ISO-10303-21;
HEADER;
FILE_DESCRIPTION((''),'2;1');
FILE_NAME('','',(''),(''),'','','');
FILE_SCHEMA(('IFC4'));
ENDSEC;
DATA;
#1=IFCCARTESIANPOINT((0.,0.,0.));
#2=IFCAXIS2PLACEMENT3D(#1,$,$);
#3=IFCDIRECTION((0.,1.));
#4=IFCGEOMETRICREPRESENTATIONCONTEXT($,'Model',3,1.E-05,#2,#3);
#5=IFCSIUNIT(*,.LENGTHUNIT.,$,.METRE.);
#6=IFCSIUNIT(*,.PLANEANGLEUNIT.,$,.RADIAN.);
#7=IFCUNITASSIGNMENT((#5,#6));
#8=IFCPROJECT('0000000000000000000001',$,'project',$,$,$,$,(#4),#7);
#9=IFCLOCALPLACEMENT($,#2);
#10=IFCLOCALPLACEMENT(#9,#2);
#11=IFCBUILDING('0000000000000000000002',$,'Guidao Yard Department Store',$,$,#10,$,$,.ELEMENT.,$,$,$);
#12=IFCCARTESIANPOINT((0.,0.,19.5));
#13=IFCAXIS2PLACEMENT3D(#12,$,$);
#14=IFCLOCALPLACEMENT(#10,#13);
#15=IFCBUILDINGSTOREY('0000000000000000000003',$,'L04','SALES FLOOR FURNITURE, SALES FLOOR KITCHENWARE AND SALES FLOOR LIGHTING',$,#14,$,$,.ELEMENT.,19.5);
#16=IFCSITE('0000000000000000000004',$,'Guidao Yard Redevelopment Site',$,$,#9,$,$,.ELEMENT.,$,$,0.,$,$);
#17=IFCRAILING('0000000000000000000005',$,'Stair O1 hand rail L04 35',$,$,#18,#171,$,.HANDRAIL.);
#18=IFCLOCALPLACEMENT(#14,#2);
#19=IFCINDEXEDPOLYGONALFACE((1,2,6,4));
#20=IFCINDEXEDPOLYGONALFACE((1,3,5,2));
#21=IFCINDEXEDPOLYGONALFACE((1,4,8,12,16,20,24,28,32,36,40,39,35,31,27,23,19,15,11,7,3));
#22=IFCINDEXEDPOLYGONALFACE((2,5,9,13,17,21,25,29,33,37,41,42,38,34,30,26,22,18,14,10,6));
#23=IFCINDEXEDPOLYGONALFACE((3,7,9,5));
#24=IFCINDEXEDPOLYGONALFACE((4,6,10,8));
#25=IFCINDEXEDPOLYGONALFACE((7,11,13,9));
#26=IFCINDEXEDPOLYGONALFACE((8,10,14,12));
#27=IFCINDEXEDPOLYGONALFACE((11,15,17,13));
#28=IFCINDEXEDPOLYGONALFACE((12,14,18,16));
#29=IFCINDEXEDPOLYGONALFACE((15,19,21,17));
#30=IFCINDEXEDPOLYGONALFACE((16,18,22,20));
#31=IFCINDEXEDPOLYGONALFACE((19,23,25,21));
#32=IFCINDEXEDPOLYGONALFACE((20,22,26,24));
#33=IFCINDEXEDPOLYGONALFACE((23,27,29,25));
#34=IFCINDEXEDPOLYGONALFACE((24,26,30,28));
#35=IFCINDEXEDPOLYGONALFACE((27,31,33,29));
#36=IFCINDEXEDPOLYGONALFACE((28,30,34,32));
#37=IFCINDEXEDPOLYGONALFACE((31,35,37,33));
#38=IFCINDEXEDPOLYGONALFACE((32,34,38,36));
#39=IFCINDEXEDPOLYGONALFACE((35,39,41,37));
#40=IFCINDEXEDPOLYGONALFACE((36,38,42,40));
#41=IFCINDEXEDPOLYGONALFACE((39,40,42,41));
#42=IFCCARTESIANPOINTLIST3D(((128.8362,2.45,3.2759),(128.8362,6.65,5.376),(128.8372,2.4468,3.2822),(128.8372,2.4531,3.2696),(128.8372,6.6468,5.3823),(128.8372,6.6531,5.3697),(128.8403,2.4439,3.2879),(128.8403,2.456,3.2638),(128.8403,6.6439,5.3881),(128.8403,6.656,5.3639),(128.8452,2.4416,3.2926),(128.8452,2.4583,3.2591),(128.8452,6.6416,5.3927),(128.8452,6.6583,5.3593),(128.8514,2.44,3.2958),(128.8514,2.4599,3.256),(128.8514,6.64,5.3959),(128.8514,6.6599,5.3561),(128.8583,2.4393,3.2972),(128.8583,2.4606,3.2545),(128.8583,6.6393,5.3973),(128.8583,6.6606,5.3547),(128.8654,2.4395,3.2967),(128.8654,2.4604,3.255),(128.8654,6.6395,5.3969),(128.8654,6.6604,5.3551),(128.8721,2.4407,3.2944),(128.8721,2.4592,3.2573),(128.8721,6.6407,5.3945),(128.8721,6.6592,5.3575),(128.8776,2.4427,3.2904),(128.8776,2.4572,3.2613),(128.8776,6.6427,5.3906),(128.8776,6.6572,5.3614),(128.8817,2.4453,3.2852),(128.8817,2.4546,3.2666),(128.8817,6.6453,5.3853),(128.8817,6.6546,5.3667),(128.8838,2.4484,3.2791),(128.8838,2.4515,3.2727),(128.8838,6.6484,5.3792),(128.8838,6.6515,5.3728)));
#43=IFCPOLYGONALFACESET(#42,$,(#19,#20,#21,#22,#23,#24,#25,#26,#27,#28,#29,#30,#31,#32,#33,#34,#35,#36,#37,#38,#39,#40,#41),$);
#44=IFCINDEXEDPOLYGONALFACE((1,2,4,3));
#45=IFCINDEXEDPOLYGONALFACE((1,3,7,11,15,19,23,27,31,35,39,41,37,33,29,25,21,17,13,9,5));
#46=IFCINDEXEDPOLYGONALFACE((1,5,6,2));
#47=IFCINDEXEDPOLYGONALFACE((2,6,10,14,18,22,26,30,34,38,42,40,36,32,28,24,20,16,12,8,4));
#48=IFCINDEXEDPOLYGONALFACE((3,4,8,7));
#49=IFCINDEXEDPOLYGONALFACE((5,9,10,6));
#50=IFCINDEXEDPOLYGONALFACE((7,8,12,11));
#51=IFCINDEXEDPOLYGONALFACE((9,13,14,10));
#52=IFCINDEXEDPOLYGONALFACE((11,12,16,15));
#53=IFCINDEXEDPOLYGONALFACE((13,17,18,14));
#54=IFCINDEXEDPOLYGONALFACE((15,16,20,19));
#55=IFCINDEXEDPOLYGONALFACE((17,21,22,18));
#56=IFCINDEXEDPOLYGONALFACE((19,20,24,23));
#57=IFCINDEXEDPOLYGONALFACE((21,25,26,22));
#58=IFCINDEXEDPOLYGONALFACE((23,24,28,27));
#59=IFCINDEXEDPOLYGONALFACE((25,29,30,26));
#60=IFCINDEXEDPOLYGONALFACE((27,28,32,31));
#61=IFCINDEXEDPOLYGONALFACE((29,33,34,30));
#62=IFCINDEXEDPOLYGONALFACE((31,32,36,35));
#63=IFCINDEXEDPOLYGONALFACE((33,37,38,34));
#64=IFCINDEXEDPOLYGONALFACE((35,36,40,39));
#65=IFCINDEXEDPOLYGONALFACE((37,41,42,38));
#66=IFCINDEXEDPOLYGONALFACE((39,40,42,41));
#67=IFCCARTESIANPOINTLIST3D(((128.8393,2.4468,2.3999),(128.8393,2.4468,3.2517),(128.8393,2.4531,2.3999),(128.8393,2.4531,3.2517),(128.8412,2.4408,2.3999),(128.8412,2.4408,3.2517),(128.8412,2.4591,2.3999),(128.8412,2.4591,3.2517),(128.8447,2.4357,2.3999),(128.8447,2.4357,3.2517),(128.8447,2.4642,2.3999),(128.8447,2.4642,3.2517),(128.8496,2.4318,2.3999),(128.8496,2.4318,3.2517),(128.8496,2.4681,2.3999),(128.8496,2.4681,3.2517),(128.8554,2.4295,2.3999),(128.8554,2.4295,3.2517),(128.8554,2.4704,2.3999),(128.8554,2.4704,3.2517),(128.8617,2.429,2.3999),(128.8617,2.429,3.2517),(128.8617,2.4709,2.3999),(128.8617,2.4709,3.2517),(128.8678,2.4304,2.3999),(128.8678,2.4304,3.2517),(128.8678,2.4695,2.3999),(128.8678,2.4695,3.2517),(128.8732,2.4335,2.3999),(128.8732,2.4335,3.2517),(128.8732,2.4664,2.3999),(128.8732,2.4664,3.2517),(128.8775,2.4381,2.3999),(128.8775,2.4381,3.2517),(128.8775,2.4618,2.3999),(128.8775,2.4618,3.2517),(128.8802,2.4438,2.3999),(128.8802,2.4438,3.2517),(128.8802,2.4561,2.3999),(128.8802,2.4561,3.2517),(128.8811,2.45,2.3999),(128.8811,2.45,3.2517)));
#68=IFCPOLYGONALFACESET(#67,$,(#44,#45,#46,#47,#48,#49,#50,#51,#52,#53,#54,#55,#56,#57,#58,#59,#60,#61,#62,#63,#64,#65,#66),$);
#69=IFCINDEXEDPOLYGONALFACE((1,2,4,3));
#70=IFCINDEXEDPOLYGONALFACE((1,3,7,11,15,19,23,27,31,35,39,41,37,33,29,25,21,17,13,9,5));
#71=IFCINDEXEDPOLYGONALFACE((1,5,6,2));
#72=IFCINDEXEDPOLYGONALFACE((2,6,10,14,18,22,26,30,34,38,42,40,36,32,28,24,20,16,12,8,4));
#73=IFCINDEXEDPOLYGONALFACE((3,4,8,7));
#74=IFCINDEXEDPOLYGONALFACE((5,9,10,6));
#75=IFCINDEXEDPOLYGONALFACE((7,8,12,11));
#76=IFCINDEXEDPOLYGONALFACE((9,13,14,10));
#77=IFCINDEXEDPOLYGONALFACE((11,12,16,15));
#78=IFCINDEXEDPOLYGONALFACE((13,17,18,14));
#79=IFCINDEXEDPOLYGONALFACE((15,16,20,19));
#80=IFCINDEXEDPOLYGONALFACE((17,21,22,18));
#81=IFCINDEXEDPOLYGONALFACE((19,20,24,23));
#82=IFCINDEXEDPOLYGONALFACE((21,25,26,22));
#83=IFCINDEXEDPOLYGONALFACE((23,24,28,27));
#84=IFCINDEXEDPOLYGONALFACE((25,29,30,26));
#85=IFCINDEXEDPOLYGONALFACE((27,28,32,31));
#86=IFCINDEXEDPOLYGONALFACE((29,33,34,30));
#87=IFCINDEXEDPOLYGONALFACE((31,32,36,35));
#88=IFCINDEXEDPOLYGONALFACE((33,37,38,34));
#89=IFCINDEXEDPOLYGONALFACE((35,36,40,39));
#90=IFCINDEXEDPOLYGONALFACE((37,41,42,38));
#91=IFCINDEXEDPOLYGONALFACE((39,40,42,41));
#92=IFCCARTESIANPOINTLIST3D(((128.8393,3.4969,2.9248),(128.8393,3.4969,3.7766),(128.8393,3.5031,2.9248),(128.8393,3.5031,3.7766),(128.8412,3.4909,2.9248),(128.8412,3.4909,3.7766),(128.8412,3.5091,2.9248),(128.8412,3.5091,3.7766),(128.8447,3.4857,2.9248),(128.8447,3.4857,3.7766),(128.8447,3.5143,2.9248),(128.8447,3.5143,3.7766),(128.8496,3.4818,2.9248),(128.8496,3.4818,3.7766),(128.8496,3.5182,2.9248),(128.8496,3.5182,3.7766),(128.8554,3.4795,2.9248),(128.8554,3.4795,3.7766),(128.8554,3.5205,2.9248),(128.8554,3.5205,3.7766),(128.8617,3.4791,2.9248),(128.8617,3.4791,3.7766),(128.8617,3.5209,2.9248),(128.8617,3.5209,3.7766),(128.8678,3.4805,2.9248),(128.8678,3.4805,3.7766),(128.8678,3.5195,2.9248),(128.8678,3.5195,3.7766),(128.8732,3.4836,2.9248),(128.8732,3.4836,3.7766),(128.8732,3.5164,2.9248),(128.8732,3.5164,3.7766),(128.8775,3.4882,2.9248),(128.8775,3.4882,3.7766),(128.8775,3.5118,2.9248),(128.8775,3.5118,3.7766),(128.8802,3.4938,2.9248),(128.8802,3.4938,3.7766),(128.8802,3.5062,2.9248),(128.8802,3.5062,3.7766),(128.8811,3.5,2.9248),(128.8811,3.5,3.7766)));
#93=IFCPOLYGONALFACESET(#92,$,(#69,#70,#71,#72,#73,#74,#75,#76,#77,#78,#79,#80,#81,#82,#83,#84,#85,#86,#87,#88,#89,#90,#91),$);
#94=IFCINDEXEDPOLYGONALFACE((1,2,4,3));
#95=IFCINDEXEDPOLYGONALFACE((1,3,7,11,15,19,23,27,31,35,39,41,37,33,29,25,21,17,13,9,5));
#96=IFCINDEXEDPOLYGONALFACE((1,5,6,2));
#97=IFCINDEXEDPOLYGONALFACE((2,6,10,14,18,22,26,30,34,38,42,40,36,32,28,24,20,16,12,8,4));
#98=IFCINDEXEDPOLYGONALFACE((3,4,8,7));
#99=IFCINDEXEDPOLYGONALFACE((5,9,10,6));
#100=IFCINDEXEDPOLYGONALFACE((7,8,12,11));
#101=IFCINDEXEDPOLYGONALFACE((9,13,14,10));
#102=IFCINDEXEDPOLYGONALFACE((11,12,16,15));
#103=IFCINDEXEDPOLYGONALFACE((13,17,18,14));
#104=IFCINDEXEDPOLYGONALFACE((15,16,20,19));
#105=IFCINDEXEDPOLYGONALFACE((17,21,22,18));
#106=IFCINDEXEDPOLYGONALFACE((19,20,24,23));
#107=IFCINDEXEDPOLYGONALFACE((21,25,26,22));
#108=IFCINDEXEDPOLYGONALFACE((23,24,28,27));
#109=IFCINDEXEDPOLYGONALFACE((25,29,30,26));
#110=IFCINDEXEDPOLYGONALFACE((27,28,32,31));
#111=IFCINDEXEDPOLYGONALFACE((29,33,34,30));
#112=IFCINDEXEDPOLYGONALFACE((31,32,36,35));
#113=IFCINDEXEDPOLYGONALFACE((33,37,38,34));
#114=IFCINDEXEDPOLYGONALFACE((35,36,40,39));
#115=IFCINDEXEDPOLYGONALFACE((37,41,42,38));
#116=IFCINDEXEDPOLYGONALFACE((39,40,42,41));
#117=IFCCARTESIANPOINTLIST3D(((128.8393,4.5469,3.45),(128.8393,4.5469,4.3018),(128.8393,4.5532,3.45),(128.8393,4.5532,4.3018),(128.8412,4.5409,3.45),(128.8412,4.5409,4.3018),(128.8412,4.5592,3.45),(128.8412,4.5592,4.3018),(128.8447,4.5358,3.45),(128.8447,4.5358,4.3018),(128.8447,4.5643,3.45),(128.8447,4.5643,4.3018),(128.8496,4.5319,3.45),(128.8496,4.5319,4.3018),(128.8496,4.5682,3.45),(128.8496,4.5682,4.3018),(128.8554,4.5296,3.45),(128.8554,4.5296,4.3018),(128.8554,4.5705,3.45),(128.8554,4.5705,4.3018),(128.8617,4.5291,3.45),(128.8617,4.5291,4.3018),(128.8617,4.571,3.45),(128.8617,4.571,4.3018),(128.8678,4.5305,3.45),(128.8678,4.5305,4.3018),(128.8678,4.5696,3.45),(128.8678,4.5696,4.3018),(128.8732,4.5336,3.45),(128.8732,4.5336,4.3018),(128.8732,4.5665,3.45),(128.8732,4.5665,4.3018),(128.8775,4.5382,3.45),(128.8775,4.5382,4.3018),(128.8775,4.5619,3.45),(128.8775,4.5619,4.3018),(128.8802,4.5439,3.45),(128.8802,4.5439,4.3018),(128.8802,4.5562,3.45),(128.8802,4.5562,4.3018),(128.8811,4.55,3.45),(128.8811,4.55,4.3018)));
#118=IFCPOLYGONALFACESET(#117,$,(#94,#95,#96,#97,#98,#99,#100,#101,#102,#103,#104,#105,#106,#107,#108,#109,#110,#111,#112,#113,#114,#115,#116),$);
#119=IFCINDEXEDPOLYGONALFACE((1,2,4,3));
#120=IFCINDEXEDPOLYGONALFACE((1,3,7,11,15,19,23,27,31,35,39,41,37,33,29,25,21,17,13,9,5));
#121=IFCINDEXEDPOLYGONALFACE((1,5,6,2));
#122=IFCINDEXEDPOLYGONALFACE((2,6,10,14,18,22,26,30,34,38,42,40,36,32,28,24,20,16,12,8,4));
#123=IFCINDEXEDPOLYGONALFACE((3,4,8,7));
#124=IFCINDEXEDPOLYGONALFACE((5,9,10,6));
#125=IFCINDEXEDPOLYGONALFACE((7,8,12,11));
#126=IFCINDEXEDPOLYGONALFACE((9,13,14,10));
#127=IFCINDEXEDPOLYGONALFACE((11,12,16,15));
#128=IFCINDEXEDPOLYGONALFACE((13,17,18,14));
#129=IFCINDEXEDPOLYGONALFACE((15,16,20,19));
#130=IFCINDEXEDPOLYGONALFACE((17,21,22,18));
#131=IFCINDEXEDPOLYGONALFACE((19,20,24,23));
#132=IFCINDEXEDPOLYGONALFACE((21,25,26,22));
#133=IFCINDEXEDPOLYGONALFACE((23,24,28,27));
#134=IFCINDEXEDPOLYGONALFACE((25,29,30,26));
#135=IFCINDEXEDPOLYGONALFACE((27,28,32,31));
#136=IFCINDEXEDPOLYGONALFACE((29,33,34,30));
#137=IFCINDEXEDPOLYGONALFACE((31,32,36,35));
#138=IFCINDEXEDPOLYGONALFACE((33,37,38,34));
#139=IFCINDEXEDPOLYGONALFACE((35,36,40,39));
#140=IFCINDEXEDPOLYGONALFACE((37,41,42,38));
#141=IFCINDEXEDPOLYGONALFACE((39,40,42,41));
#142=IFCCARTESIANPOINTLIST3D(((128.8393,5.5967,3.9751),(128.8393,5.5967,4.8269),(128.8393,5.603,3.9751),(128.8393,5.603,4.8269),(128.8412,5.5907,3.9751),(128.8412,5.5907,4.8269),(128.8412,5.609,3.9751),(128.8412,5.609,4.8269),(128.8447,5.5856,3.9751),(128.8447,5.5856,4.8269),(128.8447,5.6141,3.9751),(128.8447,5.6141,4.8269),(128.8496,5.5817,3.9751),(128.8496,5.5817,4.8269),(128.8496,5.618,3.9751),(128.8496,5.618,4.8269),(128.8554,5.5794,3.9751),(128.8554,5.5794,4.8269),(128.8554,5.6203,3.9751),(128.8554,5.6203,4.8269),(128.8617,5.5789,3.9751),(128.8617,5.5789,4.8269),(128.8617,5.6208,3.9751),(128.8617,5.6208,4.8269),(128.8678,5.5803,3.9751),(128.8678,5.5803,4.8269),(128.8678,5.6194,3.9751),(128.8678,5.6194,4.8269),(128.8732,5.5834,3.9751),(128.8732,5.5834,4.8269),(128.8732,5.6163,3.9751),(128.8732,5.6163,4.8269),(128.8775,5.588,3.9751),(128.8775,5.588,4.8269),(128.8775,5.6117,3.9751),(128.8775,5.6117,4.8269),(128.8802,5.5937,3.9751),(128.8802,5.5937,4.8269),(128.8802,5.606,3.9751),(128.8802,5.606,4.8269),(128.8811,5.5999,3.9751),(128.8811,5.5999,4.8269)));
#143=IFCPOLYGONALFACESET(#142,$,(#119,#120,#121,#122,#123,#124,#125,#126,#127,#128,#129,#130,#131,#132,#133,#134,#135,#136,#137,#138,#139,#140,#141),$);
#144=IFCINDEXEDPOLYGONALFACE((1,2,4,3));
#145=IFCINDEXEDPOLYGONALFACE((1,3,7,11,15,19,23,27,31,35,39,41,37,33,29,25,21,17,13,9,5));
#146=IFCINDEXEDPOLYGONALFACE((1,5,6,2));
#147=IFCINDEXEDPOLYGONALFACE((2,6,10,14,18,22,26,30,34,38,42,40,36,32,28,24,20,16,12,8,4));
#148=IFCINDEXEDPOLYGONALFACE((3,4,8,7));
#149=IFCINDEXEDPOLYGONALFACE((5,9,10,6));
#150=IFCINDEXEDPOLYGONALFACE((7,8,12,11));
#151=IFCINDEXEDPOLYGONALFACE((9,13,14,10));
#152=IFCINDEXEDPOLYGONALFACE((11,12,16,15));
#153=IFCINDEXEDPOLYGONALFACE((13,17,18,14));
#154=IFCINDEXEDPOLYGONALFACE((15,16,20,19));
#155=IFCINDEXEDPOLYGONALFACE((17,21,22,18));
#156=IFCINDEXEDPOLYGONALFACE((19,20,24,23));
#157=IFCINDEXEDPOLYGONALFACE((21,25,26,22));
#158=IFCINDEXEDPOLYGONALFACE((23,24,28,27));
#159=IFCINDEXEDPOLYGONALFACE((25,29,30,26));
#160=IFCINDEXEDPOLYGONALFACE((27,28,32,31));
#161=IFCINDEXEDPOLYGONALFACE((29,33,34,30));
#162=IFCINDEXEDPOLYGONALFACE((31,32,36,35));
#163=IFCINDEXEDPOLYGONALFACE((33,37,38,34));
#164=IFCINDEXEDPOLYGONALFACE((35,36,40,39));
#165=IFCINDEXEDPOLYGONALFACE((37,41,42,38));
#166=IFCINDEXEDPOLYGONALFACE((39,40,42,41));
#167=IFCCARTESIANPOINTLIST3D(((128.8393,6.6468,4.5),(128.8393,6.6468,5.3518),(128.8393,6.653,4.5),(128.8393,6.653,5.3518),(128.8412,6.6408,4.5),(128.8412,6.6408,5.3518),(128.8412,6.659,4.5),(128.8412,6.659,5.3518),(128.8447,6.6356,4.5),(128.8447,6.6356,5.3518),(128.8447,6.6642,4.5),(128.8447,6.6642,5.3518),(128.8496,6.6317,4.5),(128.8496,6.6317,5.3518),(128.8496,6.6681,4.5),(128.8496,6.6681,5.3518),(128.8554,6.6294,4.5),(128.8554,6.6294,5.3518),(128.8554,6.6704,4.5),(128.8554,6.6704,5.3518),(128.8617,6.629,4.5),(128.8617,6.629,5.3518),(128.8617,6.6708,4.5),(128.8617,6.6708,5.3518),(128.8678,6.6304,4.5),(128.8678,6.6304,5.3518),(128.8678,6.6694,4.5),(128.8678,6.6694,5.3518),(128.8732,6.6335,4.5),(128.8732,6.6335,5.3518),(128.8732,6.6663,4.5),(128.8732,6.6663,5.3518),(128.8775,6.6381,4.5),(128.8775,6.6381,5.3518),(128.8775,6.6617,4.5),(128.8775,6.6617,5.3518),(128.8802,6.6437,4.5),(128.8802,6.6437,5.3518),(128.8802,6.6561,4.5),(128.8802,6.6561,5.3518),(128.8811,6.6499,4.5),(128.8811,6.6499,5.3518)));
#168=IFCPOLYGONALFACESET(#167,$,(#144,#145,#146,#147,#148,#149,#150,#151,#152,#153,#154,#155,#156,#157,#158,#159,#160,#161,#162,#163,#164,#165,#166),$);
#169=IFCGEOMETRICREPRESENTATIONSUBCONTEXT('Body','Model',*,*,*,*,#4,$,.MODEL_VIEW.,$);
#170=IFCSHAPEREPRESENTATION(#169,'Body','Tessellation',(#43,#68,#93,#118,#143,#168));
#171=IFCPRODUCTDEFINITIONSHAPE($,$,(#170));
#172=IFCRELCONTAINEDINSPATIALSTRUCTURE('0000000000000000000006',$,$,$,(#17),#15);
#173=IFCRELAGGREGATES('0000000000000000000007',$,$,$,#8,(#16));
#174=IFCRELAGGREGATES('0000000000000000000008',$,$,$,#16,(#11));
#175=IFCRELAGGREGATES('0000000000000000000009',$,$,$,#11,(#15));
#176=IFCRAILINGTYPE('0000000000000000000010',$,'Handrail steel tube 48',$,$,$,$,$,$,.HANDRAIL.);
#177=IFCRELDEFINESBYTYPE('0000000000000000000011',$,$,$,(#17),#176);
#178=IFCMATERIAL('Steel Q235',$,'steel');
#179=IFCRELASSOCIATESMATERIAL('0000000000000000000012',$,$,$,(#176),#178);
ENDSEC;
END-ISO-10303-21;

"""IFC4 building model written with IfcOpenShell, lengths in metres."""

from ifc_helpers import new_model, si_unit, direction, frame, origin, origin_2d, place, context, subcontext, project, spatial, circle, extrude, material, type_object, element, save


model = new_model("IFC4")

# Units and contexts
model_context = context("Model", 3, precision=1e-05, world=origin(), true_north=direction((0.0, 1.0)))
body_context = subcontext(model_context, "Body", "Model", "MODEL_VIEW")
ifc_project = project(units=[si_unit("LENGTHUNIT", "METRE"), si_unit("PLANEANGLEUNIT", "RADIAN")], contexts=[model_context])

# Site, building, storey
site_placement = place(None, origin())
site = spatial("IfcSite", under=ifc_project, at=site_placement, Name="Guidao Yard Redevelopment Site", CompositionType="ELEMENT", RefElevation=0.0)
building_placement = place(site_placement, origin())
building = spatial("IfcBuilding", under=site, at=building_placement, Name="Guidao Yard Department Store", CompositionType="ELEMENT")
storey_placement = place(building_placement, frame((0.0, 0.0, 19.5)))
storey = spatial("IfcBuildingStorey", under=building, at=storey_placement, Name="L04", Description="SALES FLOOR FURNITURE, SALES FLOOR KITCHENWARE AND SALES FLOOR LIGHTING", CompositionType="ELEMENT", Elevation=19.5)

# Railing
ifc_material_1 = material(Name="Steel Q235", Category="steel")
railing_type_1 = type_object("IfcRailingType", Name="Handrail steel tube 48", PredefinedType="HANDRAIL", material=ifc_material_1)
for number, where, name in (
    (1, (128.8601, 2.45, 2.3999), "Stair O1 hand rail L04 35"),
):
    element("IfcRailing", number, at=place(storey_placement, frame(where)), inside=storey, type_object=railing_type_1, Name=name, PredefinedType="HANDRAIL", context=body_context, shape_type="SweptSolid", body=[
        extrude(circle(Radius=0.0239, at=origin_2d()), frame((0.0, 0.0, 0.876), z_axis=(0.0, 0.894417, 0.447234), x_axis=(-1.0, 0.0, 0.0)), (0.0, 0.0, 1.0), 4.6958),
        extrude(circle(Radius=0.021, at=origin_2d()), origin(), (0.0, 0.0, 1.0), 0.8518),
        extrude(circle(Radius=0.021, at=origin_2d()), frame((0.0, 1.05, 0.5249)), (0.0, 0.0, 1.0), 0.8518),
        extrude(circle(Radius=0.021, at=origin_2d()), frame((0.0, 2.1001, 1.05)), (0.0, 0.0, 1.0), 0.8518),
        extrude(circle(Radius=0.021, at=origin_2d()), frame((0.0, 3.1499, 1.5752)), (0.0, 0.0, 1.0), 0.8518),
        extrude(circle(Radius=0.021, at=origin_2d()), frame((0.0, 4.2, 2.1001)), (0.0, 0.0, 1.0), 0.8518),
    ])

save(model, "model.ifc")
